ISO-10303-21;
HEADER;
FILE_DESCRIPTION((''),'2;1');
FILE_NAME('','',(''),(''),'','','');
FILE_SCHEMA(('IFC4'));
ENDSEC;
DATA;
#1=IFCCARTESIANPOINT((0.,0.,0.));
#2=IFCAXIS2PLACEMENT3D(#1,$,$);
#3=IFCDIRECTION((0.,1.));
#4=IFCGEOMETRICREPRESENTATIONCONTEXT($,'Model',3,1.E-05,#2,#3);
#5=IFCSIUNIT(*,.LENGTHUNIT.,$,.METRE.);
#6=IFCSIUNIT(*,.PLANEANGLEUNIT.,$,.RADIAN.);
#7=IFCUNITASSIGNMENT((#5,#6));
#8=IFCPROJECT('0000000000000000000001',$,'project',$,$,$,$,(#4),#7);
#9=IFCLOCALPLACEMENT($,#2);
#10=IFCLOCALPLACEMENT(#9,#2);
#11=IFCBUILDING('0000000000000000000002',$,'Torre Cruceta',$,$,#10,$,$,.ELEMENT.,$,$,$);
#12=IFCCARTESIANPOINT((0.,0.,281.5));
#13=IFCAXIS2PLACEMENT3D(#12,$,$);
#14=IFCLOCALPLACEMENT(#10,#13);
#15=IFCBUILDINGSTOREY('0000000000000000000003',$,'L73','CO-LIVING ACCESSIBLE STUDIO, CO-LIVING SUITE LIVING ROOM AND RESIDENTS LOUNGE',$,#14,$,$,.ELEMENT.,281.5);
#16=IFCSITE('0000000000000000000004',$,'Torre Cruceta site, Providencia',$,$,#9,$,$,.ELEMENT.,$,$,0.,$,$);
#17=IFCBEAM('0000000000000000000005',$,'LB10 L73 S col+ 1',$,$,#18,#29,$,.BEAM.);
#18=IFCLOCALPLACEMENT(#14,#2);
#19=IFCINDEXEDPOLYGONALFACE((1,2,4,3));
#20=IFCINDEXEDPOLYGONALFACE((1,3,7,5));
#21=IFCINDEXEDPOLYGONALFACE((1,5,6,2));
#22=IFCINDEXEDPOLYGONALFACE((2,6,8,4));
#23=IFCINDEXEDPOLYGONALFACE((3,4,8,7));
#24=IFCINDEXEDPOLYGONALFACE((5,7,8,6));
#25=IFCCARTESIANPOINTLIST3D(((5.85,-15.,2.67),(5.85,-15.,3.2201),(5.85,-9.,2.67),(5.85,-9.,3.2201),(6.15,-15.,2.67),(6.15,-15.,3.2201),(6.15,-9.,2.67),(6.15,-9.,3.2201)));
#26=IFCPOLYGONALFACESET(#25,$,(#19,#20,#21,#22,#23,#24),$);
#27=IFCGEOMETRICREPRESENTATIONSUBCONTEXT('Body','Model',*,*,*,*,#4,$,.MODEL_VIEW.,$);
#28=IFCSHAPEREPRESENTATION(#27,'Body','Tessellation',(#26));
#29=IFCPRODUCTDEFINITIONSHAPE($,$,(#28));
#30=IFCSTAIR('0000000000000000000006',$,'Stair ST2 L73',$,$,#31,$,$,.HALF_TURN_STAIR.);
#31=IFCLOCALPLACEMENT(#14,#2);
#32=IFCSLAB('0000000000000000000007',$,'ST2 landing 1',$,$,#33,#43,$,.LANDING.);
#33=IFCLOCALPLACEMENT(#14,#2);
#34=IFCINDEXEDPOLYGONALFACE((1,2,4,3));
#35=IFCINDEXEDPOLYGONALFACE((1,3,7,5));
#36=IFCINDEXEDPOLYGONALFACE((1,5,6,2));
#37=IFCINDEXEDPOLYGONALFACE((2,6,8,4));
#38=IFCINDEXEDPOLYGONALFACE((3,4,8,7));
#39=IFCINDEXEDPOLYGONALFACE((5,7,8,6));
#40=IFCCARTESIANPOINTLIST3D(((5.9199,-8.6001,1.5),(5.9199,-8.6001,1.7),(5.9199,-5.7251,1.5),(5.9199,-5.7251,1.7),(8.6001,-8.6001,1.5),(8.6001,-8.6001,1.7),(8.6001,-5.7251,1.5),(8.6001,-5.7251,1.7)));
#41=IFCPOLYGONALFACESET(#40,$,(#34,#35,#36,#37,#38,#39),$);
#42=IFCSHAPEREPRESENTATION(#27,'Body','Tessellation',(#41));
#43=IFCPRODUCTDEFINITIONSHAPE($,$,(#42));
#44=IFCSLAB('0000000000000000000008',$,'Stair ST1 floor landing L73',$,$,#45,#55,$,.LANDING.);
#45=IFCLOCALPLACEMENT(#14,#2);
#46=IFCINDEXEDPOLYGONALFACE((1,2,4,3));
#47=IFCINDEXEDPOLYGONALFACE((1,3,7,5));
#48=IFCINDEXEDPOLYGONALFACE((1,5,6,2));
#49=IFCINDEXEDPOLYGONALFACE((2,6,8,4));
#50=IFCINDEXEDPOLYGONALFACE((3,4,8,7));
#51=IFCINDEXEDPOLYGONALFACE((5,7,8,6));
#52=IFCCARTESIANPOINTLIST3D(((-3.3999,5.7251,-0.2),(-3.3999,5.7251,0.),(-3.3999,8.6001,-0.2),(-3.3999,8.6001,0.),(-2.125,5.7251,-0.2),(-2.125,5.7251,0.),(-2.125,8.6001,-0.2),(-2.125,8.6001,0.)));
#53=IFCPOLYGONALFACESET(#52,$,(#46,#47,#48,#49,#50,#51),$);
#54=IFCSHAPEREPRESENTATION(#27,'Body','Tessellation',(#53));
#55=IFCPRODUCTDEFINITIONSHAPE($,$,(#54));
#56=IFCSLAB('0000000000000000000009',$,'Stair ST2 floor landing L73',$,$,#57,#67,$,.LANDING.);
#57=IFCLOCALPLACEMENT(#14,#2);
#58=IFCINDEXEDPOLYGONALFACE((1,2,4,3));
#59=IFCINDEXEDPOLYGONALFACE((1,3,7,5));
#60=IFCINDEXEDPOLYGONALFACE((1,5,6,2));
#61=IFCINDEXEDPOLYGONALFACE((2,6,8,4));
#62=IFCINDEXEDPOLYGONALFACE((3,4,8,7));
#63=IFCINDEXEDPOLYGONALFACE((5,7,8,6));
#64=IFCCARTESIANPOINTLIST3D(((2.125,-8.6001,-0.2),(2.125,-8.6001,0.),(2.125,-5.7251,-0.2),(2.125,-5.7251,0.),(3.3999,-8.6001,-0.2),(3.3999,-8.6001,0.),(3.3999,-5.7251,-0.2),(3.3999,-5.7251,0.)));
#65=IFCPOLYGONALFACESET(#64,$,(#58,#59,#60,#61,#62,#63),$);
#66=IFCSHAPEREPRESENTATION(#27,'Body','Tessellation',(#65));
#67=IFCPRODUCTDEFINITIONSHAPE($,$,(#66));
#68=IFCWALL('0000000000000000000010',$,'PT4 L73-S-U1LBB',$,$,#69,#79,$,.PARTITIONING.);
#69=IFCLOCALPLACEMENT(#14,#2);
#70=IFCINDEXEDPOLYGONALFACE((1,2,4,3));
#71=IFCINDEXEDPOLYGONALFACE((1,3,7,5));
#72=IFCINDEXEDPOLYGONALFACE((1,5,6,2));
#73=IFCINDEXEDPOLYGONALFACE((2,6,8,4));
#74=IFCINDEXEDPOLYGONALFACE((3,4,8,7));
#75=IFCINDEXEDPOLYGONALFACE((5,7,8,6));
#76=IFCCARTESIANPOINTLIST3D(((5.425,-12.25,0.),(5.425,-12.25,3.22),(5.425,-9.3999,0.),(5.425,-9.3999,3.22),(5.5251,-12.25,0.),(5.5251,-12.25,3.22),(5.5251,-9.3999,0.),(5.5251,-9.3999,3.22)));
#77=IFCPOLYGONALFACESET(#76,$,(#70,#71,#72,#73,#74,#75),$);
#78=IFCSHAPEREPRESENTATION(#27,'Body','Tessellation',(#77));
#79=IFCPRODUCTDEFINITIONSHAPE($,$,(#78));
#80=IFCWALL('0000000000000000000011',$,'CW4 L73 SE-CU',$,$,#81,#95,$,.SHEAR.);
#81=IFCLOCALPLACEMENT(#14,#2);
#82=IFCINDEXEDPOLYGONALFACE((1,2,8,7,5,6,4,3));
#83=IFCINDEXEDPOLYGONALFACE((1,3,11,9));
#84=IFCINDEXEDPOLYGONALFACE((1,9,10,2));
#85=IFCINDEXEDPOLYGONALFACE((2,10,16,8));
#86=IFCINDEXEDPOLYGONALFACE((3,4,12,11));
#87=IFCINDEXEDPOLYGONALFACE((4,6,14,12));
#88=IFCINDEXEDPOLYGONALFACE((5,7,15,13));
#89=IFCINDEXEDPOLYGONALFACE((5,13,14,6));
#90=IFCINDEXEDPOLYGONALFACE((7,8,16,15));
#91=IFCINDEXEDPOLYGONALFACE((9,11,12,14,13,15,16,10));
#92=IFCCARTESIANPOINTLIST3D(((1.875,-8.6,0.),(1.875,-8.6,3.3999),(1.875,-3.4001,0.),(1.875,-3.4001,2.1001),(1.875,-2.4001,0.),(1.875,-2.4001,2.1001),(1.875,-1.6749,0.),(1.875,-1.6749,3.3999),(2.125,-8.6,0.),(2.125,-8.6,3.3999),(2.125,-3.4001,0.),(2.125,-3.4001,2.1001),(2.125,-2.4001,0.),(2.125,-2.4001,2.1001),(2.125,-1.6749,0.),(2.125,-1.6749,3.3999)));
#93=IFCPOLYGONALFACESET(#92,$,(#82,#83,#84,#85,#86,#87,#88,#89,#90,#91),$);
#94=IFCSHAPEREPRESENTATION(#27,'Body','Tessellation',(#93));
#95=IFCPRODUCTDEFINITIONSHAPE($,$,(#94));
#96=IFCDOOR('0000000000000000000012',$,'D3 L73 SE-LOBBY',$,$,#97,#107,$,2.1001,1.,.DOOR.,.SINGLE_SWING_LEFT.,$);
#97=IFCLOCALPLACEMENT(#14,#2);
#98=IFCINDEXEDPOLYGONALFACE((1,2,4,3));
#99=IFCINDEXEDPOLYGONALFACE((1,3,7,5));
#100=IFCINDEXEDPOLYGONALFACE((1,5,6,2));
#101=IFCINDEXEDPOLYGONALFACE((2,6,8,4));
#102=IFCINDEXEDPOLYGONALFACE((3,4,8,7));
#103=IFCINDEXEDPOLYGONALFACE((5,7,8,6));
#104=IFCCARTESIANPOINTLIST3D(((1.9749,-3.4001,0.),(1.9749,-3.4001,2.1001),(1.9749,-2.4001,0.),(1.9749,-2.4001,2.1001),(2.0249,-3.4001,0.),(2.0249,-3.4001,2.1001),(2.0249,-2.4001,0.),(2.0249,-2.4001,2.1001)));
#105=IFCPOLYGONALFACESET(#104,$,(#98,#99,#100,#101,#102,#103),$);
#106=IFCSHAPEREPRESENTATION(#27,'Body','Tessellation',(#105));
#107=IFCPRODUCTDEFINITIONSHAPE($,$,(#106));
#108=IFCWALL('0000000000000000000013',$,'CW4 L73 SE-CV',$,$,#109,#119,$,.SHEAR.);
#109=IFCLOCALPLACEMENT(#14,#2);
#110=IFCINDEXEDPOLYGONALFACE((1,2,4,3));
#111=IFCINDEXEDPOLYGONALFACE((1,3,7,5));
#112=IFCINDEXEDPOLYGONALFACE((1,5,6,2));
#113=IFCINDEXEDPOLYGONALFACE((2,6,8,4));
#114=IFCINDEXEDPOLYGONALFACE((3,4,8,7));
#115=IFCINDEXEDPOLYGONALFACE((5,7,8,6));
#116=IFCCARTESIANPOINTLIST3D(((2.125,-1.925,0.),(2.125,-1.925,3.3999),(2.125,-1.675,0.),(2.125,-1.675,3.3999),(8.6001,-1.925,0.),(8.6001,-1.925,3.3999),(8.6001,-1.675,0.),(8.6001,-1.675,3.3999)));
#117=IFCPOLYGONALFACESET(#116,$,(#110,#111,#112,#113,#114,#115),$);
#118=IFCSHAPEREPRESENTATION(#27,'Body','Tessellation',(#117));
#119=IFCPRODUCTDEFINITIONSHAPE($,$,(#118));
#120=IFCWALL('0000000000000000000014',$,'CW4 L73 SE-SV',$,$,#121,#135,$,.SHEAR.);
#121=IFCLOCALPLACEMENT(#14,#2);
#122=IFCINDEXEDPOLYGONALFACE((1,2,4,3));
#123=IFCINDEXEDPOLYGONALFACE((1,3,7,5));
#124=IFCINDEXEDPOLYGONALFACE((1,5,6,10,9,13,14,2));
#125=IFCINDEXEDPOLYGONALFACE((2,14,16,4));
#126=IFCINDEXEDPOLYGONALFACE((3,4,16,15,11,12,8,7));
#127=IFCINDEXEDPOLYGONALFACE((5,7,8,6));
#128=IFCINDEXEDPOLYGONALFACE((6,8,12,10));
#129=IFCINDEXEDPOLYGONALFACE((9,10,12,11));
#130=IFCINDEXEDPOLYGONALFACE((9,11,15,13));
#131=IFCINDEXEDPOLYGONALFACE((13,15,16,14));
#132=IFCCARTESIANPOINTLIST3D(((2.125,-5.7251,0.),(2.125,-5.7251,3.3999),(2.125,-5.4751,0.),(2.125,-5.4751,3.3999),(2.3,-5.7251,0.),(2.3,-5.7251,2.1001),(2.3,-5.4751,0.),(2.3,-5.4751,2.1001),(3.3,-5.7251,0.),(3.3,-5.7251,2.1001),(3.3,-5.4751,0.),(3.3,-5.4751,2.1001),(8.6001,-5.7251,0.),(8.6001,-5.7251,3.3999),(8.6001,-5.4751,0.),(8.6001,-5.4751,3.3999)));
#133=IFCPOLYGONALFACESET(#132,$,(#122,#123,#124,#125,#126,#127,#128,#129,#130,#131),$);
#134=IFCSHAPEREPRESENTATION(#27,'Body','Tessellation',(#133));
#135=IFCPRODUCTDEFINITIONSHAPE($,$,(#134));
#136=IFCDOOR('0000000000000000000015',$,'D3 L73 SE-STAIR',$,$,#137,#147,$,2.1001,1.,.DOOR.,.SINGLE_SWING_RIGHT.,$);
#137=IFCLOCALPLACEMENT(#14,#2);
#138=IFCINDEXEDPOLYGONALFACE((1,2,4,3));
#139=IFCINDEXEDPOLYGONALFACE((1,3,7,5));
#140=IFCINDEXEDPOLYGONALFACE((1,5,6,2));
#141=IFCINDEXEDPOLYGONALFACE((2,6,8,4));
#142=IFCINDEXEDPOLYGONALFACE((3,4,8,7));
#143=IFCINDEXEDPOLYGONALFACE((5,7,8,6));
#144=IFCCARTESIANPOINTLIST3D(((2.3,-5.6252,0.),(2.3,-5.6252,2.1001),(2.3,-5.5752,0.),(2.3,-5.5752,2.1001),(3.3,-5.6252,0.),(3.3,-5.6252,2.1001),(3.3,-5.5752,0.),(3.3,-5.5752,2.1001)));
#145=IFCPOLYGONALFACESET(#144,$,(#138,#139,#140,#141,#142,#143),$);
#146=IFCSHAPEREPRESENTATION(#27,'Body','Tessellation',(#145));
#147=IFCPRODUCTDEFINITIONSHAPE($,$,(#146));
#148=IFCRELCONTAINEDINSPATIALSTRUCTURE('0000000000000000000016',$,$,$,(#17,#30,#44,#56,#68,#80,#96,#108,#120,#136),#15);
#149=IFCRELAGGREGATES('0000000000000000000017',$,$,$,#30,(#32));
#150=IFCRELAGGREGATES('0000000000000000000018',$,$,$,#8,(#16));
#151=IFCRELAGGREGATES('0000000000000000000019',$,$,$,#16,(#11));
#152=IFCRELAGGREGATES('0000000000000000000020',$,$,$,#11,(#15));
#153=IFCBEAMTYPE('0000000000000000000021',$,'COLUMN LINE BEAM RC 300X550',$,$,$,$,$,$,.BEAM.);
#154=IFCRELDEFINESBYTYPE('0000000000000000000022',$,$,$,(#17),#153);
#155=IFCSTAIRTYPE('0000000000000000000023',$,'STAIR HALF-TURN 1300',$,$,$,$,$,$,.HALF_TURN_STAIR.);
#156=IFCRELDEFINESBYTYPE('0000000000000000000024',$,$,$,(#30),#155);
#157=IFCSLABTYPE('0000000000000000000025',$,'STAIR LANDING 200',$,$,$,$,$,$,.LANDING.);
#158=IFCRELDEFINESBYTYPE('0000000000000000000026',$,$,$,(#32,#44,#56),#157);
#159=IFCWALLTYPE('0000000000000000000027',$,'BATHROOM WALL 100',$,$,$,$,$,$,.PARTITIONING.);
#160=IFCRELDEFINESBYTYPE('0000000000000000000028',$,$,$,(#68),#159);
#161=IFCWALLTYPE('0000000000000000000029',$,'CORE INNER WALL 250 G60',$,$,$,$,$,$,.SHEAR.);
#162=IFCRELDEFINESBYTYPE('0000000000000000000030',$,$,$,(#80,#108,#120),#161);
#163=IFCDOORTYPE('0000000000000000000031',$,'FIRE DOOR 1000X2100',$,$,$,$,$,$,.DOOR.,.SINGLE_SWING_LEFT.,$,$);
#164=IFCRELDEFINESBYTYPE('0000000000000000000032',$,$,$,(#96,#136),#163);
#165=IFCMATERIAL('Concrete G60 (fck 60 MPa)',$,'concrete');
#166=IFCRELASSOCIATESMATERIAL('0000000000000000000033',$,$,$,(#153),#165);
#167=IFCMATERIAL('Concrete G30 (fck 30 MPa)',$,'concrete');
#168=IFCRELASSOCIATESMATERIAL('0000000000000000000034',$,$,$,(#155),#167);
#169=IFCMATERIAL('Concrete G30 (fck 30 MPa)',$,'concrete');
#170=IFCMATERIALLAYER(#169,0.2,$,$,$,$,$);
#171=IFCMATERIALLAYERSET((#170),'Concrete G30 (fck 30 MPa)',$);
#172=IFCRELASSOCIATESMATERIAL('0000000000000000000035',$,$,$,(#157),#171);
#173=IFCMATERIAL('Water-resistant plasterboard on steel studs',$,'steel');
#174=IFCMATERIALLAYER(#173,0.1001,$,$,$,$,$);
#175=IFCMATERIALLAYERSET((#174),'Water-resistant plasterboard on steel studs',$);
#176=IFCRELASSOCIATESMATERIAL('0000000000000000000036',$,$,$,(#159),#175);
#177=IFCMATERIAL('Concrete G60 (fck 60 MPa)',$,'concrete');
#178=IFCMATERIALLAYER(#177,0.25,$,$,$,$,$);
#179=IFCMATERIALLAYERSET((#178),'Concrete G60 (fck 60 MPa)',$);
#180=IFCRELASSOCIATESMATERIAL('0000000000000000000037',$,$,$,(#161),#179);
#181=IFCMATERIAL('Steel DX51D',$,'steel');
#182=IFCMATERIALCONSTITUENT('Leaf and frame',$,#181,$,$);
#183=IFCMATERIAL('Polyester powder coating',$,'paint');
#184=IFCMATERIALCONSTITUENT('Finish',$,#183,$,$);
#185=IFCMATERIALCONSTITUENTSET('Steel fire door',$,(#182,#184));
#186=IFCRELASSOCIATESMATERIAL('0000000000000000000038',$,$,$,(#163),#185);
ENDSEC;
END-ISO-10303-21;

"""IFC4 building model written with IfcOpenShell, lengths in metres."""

from ifc_helpers import new_model, si_unit, direction, frame, frame_2d, origin, origin_2d, place, context, subcontext, project, spatial, polyline, rectangle, outline, extrude, material, layer, layer_set, constituent, constituent_set, material_profile, profile_set, type_object, element, fill, aggregate, save


model = new_model("IFC4")

# Units and contexts
model_context = context("Model", 3, precision=1e-05, world=origin(), true_north=direction((0.0, 1.0)))
body_context = subcontext(model_context, "Body", "Model", "MODEL_VIEW")
ifc_project = project(units=[si_unit("LENGTHUNIT", "METRE"), si_unit("PLANEANGLEUNIT", "RADIAN")], contexts=[model_context])

# Site, building, storey
site_placement = place(None, origin())
site = spatial("IfcSite", under=ifc_project, at=site_placement, Name="Torre Cruceta site, Providencia", CompositionType="ELEMENT", RefElevation=0.0)
building_placement = place(site_placement, origin())
building = spatial("IfcBuilding", under=site, at=building_placement, Name="Torre Cruceta", CompositionType="ELEMENT")
storey_placement = place(building_placement, frame((0.0, 0.0, 281.5)))
storey = spatial("IfcBuildingStorey", under=building, at=storey_placement, Name="L73", Description="CO-LIVING ACCESSIBLE STUDIO, CO-LIVING SUITE LIVING ROOM AND RESIDENTS LOUNGE", CompositionType="ELEMENT", Elevation=281.5)

# Beam
ifc_material_1 = material(Name="Concrete G60 (fck 60 MPa)", Category="concrete")
ifc_material_profile = material_profile(ifc_material_1, rectangle(XDim=0.3, YDim=0.55, at=origin_2d()), Name="RC 300X550")
ifc_profile_set = profile_set([ifc_material_profile], Name="Concrete G60 (fck 60 MPa)")
beam_type = type_object("IfcBeamType", Name="COLUMN LINE BEAM RC 300X550", PredefinedType="BEAM", material=ifc_profile_set)
beam_placement = place(storey_placement, frame((6.0, -9.0, 2.9451), z_axis=(0.0, -1.0, 0.0), x_axis=(1.0, 0.0, 0.0)))
element("IfcBeam", 1, at=beam_placement, inside=storey, type_object=beam_type, Name="LB10 L73 S col+ 1", PredefinedType="BEAM", context=body_context, shape_type="SweptSolid", body=[
    extrude(rectangle(XDim=0.3, YDim=0.55, at=origin_2d()), origin(), (0.0, 0.0, 1.0), 6.0),
])

# Stair, slab
ifc_material_2 = material(Name="Concrete G30 (fck 30 MPa)", Category="concrete")
stair_type = type_object("IfcStairType", Name="STAIR HALF-TURN 1300", PredefinedType="HALF_TURN_STAIR", material=ifc_material_2)
stair_placement = place(storey_placement, origin())
stair = element("IfcStair", 2, at=stair_placement, inside=storey, type_object=stair_type, Name="Stair ST2 L73", PredefinedType="HALF_TURN_STAIR")
ifc_material_3 = material(Name="Concrete G30 (fck 30 MPa)", Category="concrete")
ifc_layer_1 = layer(ifc_material_3, 0.2)
ifc_layer_set_1 = layer_set([ifc_layer_1], Name="Concrete G30 (fck 30 MPa)")
slab_type = type_object("IfcSlabType", Name="STAIR LANDING 200", PredefinedType="LANDING", material=ifc_layer_set_1)
slab_1_placement = place(storey_placement, frame((0.0, 0.0, 1.5)))
slab_1 = element("IfcSlab", 3, at=slab_1_placement, type_object=slab_type, Name="ST2 landing 1", PredefinedType="LANDING", context=body_context, shape_type="SweptSolid", body=[
    extrude(outline(polyline([(5.9199, -8.6001), (8.6001, -8.6001), (8.6001, -5.7251), (5.9199, -5.7251), (5.9199, -8.6001)])), origin(), (0.0, 0.0, 1.0), 0.2),
])

# Slabs
slab_2_placement = place(storey_placement, frame((0.0, 0.0, -0.2)))
element("IfcSlab", 4, at=slab_2_placement, inside=storey, type_object=slab_type, Name="Stair ST1 floor landing L73", PredefinedType="LANDING", context=body_context, shape_type="SweptSolid", body=[
    extrude(outline(polyline([(-2.125, 8.6001), (-2.125, 5.7251), (-3.3999, 5.7251), (-3.3999, 8.6001), (-2.125, 8.6001)])), origin(), (0.0, 0.0, 1.0), 0.2),
])
slab_3_placement = place(storey_placement, frame((0.0, 0.0, -0.2)))
element("IfcSlab", 5, at=slab_3_placement, inside=storey, type_object=slab_type, Name="Stair ST2 floor landing L73", PredefinedType="LANDING", context=body_context, shape_type="SweptSolid", body=[
    extrude(outline(polyline([(2.125, -8.6001), (2.125, -5.7251), (3.3999, -5.7251), (3.3999, -8.6001), (2.125, -8.6001)])), origin(), (0.0, 0.0, 1.0), 0.2),
])

# Wall
ifc_material_4 = material(Name="Water-resistant plasterboard on steel studs", Category="steel")
ifc_layer_2 = layer(ifc_material_4, 0.1001)
ifc_layer_set_2 = layer_set([ifc_layer_2], Name="Water-resistant plasterboard on steel studs")
wall_type_1 = type_object("IfcWallType", Name="BATHROOM WALL 100", PredefinedType="PARTITIONING", material=ifc_layer_set_2)
wall_1_placement = place(storey_placement, frame((5.4751, -9.3999, 0.0), z_axis=(0.0, 0.0, 1.0), x_axis=(0.0, -1.0, 0.0)))
element("IfcWall", 6, at=wall_1_placement, inside=storey, type_object=wall_type_1, Name="PT4 L73-S-U1LBB", PredefinedType="PARTITIONING", context=body_context, shape_type="SweptSolid", body=[
    extrude(rectangle(XDim=2.8501, YDim=0.1001, at=frame_2d((1.425, 0.0))), origin(), (0.0, 0.0, 1.0), 3.22),
])

# Wall, opening, door
ifc_material_5 = material(Name="Concrete G60 (fck 60 MPa)", Category="concrete")
ifc_layer_3 = layer(ifc_material_5, 0.25)
ifc_layer_set_3 = layer_set([ifc_layer_3], Name="Concrete G60 (fck 60 MPa)")
wall_type_2 = type_object("IfcWallType", Name="CORE INNER WALL 250 G60", PredefinedType="SHEAR", material=ifc_layer_set_3)
wall_2_placement = place(storey_placement, frame((2.0, -1.675, 0.0), z_axis=(0.0, 0.0, 1.0), x_axis=(0.0, -1.0, 0.0)))
wall_2 = element("IfcWall", 7, at=wall_2_placement, inside=storey, type_object=wall_type_2, Name="CW4 L73 SE-CU", PredefinedType="SHEAR", context=body_context, shape_type="SweptSolid", body=[
    extrude(rectangle(XDim=6.925, YDim=0.25, at=frame_2d((3.4624, 0.0))), origin(), (0.0, 0.0, 1.0), 3.3999),
])
opening_1_placement = place(wall_2_placement, frame((0.7251, 0.0, 0.0)))
opening_1 = element("IfcOpeningElement", 8, at=opening_1_placement, cuts=wall_2, PredefinedType="OPENING", context=body_context, shape_type="SweptSolid", body=[
    extrude(rectangle(XDim=1.0, YDim=2.1001, at=frame_2d((0.5, 1.05))), frame((0.0, 0.135, 0.0), z_axis=(0.0, -1.0, 0.0), x_axis=(1.0, 0.0, 0.0)), (0.0, 0.0, 1.0), 0.27),
])
ifc_material_6 = material(Name="Steel DX51D", Category="steel")
ifc_constituent_1 = constituent(ifc_material_6, Name="Leaf and frame")
ifc_material_7 = material(Name="Polyester powder coating", Category="paint")
ifc_constituent_2 = constituent(ifc_material_7, Name="Finish")
ifc_constituent_set_1 = constituent_set(constituents=[ifc_constituent_1, ifc_constituent_2], Name="Steel fire door")
door_type_1 = type_object("IfcDoorType", Name="FIRE DOOR 1000X2100", OperationType="SINGLE_SWING_LEFT", PredefinedType="DOOR", material=ifc_constituent_set_1)
door_1_placement = place(opening_1_placement, origin())
door_1 = element("IfcDoor", 9, at=door_1_placement, inside=storey, type_object=door_type_1, Name="D3 L73 SE-LOBBY", OperationType="SINGLE_SWING_LEFT", OverallHeight=2.1001, OverallWidth=1.0, PredefinedType="DOOR", context=body_context, shape_type="SweptSolid", body=[
    extrude(rectangle(XDim=1.0, YDim=2.1001, at=frame_2d((0.5, 1.05))), frame((0.0, 0.0249, 0.0), z_axis=(0.0, -1.0, 0.0), x_axis=(1.0, 0.0, 0.0)), (0.0, 0.0, 1.0), 0.05),
])
fill(opening_1, door_1)

# Wall
wall_3_placement = place(storey_placement, frame((2.125, -1.8, 0.0), z_axis=(0.0, 0.0, 1.0), x_axis=(1.0, 0.0, 0.0)))
element("IfcWall", 10, at=wall_3_placement, inside=storey, type_object=wall_type_2, Name="CW4 L73 SE-CV", PredefinedType="SHEAR", context=body_context, shape_type="SweptSolid", body=[
    extrude(rectangle(XDim=6.4751, YDim=0.25, at=frame_2d((3.2375, 0.0))), origin(), (0.0, 0.0, 1.0), 3.3999),
])

# Wall, opening, door
wall_4_placement = place(storey_placement, frame((2.125, -5.6001, 0.0), z_axis=(0.0, 0.0, 1.0), x_axis=(1.0, 0.0, 0.0)))
wall_4 = element("IfcWall", 11, at=wall_4_placement, inside=storey, type_object=wall_type_2, Name="CW4 L73 SE-SV", PredefinedType="SHEAR", context=body_context, shape_type="SweptSolid", body=[
    extrude(rectangle(XDim=6.4751, YDim=0.25, at=frame_2d((3.2375, 0.0))), origin(), (0.0, 0.0, 1.0), 3.3999),
])
opening_2_placement = place(wall_4_placement, frame((0.175, 0.0, 0.0)))
opening_2 = element("IfcOpeningElement", 12, at=opening_2_placement, cuts=wall_4, PredefinedType="OPENING", context=body_context, shape_type="SweptSolid", body=[
    extrude(rectangle(XDim=1.0, YDim=2.1001, at=frame_2d((0.5, 1.05))), frame((0.0, 0.135, 0.0), z_axis=(0.0, -1.0, 0.0), x_axis=(1.0, 0.0, 0.0)), (0.0, 0.0, 1.0), 0.27),
])
door_2_placement = place(opening_2_placement, frame((1.0, 0.0, 0.0), z_axis=(0.0, 0.0, 1.0), x_axis=(-1.0, 0.0, 0.0)))
door_2 = element("IfcDoor", 13, at=door_2_placement, inside=storey, type_object=door_type_1, Name="D3 L73 SE-STAIR", OperationType="SINGLE_SWING_RIGHT", OverallHeight=2.1001, OverallWidth=1.0, PredefinedType="DOOR", context=body_context, shape_type="SweptSolid", body=[
    extrude(rectangle(XDim=1.0, YDim=2.1001, at=frame_2d((0.5, 1.05))), frame((0.0, 0.0251, 0.0), z_axis=(0.0, -1.0, 0.0), x_axis=(1.0, 0.0, 0.0)), (0.0, 0.0, 1.0), 0.05),
])
fill(opening_2, door_2)

aggregate(stair, [slab_1])

save(model, "model.ifc")
